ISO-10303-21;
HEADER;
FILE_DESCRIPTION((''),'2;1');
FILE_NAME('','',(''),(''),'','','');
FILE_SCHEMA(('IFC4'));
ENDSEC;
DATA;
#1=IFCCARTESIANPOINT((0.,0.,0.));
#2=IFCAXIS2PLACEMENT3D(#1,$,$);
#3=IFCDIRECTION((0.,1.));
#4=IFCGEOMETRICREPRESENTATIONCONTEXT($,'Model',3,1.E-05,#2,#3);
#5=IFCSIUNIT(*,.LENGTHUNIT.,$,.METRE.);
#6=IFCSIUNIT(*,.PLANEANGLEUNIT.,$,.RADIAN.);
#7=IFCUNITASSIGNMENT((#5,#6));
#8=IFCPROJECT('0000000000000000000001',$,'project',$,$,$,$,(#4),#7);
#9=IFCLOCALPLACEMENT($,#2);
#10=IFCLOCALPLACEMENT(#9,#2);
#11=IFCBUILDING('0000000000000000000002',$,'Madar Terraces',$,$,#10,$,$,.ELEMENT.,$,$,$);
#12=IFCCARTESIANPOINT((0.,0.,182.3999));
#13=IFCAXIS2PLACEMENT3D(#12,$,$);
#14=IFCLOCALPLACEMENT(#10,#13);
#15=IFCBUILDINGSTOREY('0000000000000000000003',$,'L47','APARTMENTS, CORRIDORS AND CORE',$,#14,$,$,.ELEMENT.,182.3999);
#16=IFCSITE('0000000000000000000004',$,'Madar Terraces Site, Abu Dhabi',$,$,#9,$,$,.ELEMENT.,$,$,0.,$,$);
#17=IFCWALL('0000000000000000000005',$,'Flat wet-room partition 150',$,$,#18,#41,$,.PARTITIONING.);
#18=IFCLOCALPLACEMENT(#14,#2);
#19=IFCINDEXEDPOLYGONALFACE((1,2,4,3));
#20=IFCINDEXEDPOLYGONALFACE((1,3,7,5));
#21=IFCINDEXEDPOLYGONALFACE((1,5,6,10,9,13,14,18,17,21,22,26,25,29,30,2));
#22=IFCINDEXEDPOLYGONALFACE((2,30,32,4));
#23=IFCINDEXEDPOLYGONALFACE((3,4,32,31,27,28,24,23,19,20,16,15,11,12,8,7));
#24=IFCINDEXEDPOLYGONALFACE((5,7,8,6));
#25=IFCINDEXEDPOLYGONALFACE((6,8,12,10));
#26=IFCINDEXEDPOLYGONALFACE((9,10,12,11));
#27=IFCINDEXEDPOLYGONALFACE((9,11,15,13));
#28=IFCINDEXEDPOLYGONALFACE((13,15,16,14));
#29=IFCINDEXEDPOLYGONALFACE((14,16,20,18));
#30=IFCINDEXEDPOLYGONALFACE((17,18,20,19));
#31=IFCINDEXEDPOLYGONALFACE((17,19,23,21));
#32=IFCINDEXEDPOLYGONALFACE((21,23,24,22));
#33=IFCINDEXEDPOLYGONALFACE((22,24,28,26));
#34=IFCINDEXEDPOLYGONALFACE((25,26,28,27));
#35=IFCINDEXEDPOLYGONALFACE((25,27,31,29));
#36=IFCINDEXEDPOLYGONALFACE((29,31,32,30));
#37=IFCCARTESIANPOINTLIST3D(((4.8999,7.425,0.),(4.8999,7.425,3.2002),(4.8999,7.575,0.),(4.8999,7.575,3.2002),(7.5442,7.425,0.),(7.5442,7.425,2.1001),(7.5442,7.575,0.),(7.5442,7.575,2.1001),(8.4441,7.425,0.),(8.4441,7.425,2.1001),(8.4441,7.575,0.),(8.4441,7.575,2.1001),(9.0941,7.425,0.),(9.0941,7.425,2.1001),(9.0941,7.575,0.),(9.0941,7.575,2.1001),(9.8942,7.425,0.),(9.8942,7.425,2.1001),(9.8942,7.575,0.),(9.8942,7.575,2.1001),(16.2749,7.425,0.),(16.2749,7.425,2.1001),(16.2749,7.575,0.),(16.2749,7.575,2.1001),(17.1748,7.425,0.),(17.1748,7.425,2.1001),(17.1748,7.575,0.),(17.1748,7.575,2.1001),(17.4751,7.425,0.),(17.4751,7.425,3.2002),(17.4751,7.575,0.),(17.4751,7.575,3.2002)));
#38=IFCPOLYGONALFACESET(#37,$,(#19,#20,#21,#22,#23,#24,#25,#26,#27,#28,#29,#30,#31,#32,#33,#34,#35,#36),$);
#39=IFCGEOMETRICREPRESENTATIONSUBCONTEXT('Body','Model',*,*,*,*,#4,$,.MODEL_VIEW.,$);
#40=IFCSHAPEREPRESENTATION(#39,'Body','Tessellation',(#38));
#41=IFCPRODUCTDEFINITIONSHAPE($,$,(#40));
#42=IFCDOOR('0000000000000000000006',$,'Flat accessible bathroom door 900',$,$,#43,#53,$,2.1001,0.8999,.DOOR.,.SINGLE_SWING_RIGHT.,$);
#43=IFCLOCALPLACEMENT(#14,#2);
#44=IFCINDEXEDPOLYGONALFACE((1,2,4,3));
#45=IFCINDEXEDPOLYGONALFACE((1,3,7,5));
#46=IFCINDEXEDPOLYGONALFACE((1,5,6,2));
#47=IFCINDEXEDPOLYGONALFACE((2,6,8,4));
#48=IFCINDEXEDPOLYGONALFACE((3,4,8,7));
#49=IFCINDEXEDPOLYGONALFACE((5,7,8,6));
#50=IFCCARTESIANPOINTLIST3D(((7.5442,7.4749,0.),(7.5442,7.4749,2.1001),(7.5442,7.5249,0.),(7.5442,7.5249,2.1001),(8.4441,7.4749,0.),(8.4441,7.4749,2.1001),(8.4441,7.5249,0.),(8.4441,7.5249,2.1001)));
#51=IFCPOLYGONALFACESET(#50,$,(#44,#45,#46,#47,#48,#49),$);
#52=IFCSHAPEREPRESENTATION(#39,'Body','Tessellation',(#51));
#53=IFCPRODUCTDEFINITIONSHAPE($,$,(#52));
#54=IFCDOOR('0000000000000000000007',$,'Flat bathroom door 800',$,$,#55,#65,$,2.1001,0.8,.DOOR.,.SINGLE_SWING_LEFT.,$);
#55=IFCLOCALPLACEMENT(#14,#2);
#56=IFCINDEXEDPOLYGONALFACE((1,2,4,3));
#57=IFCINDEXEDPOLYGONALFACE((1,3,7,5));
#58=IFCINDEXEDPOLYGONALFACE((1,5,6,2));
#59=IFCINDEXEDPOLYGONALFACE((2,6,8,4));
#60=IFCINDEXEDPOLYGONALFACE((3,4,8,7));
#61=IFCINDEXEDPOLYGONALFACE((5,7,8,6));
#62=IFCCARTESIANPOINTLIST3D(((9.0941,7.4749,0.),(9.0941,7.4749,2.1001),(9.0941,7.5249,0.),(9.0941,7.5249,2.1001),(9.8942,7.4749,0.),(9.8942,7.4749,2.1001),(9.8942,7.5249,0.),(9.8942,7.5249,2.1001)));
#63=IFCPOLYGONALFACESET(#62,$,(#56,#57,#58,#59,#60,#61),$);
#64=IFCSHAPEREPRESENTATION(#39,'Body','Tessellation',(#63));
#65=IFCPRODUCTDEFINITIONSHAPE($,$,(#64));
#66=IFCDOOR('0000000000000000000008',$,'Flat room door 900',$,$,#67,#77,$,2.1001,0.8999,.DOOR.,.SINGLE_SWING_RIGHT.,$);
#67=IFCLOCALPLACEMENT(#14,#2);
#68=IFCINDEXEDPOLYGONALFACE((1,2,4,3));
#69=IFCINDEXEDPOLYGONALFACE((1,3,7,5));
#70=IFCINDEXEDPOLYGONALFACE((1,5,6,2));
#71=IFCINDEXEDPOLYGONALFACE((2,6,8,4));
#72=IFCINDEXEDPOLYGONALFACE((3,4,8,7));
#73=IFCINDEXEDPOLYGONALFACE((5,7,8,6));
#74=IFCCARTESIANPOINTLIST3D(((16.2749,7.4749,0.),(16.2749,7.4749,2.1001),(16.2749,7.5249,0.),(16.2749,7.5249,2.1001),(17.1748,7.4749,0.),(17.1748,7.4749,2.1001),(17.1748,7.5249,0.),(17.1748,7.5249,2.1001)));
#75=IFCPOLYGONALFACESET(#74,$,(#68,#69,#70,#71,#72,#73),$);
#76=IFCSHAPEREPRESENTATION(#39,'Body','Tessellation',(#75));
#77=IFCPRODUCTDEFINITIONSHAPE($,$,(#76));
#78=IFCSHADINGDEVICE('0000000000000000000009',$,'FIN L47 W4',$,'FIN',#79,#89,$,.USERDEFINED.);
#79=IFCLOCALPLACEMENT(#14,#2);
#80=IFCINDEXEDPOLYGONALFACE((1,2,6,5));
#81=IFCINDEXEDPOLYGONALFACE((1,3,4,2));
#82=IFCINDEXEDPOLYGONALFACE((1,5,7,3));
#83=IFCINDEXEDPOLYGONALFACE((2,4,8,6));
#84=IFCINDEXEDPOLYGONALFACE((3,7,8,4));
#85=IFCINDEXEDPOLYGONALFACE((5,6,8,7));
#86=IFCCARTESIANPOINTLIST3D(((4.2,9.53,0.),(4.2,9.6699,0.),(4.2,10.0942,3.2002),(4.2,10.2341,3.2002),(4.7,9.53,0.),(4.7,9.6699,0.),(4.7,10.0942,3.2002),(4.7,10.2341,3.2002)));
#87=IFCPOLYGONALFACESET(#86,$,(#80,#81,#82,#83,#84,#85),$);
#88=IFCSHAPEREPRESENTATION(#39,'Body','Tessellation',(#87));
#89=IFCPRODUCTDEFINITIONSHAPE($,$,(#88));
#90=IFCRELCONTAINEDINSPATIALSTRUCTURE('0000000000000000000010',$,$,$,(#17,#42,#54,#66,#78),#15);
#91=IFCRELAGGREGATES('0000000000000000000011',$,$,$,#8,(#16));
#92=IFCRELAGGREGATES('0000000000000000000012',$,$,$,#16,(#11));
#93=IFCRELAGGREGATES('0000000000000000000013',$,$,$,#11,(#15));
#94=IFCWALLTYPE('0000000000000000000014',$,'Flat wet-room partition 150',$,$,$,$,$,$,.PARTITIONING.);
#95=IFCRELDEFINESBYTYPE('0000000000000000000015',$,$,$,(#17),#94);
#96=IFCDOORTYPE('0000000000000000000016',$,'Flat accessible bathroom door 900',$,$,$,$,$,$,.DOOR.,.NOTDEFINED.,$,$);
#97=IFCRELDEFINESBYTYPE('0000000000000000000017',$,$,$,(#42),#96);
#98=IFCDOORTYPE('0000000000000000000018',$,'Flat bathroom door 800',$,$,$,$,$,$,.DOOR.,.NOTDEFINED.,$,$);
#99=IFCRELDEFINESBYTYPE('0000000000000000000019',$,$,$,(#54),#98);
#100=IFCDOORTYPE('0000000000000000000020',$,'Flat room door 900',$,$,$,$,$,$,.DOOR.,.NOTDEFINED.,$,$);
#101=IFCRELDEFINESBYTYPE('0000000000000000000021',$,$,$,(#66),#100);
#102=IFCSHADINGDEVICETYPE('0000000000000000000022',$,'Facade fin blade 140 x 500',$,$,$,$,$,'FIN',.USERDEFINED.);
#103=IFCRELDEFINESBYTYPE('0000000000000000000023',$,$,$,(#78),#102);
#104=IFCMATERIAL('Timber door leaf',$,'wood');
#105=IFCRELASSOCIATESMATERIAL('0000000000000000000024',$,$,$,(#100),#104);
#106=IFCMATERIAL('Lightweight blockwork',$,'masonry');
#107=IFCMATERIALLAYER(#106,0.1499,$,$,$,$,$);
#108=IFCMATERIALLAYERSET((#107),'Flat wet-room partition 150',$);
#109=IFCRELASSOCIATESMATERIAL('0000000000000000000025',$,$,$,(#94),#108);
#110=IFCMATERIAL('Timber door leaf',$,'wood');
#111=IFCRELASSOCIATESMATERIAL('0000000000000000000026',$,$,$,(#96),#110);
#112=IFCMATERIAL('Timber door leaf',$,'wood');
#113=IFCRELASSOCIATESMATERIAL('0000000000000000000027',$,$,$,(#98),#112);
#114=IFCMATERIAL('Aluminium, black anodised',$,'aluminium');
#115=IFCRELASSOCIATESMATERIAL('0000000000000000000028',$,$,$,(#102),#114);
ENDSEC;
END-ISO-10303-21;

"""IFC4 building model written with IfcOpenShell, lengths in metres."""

from ifc_helpers import new_model, si_unit, direction, frame, frame_2d, origin, place, context, subcontext, project, spatial, polyline, rectangle, outline, extrude, material, layer, layer_set, type_object, element, fill, save


model = new_model("IFC4")

# Units and contexts
model_context = context("Model", 3, precision=1e-05, world=origin(), true_north=direction((0.0, 1.0)))
body_context = subcontext(model_context, "Body", "Model", "MODEL_VIEW")
ifc_project = project(units=[si_unit("LENGTHUNIT", "METRE"), si_unit("PLANEANGLEUNIT", "RADIAN")], contexts=[model_context])

# Site, building, storey
site_placement = place(None, origin())
site = spatial("IfcSite", under=ifc_project, at=site_placement, Name="Madar Terraces Site, Abu Dhabi", CompositionType="ELEMENT", RefElevation=0.0)
building_placement = place(site_placement, origin())
building = spatial("IfcBuilding", under=site, at=building_placement, Name="Madar Terraces", CompositionType="ELEMENT")
storey_placement = place(building_placement, frame((0.0, 0.0, 182.3999)))
storey = spatial("IfcBuildingStorey", under=building, at=storey_placement, Name="L47", Description="APARTMENTS, CORRIDORS AND CORE", CompositionType="ELEMENT", Elevation=182.3999)

# Shared definitions
ifc_material_1 = material(Name="Timber door leaf", Category="wood")
door_type_1 = type_object("IfcDoorType", Name="Flat room door 900", OperationType="NOTDEFINED", PredefinedType="DOOR", material=ifc_material_1)

# Shared definitions
ifc_material_2 = material(Name="Lightweight blockwork", Category="masonry")
ifc_layer_1 = layer(ifc_material_2, 0.1499)
ifc_layer_set_1 = layer_set([ifc_layer_1], Name="Flat wet-room partition 150")
wall_type_1 = type_object("IfcWallType", Name="Flat wet-room partition 150", PredefinedType="PARTITIONING", material=ifc_layer_set_1)

# Wall, openings, doors
wall_1_placement = place(storey_placement, frame((4.8999, 7.5, 0.0), z_axis=(0.0, 0.0, 1.0), x_axis=(1.0, 0.0, 0.0)))
wall_1 = element("IfcWall", 1, at=wall_1_placement, inside=storey, type_object=wall_type_1, Name="Flat wet-room partition 150", PredefinedType="PARTITIONING", context=body_context, shape_type="SweptSolid", body=[
    extrude(rectangle(XDim=12.5752, YDim=0.1499, at=frame_2d((6.2876, 0.0))), origin(), (0.0, 0.0, 1.0), 3.2002),
])
opening_1_placement = place(wall_1_placement, frame((11.375, 0.0, 0.0)))
opening_1 = element("IfcOpeningElement", 2, at=opening_1_placement, cuts=wall_1, PredefinedType="OPENING", context=body_context, shape_type="SweptSolid", body=[
    extrude(rectangle(XDim=0.8999, YDim=2.1001, at=frame_2d((0.45, 1.05))), frame((0.0, 0.085, 0.0), z_axis=(0.0, -1.0, 0.0), x_axis=(1.0, 0.0, 0.0)), (0.0, 0.0, 1.0), 0.1699),
])
opening_2_placement = place(wall_1_placement, frame((4.1943, 0.0, 0.0)))
opening_2 = element("IfcOpeningElement", 3, at=opening_2_placement, cuts=wall_1, PredefinedType="OPENING", context=body_context, shape_type="SweptSolid", body=[
    extrude(rectangle(XDim=0.8, YDim=2.1001, at=frame_2d((0.3999, 1.05))), frame((0.0, 0.085, 0.0), z_axis=(0.0, -1.0, 0.0), x_axis=(1.0, 0.0, 0.0)), (0.0, 0.0, 1.0), 0.1699),
])
opening_3_placement = place(wall_1_placement, frame((2.6443, 0.0, 0.0)))
opening_3 = element("IfcOpeningElement", 4, at=opening_3_placement, cuts=wall_1, PredefinedType="OPENING", context=body_context, shape_type="SweptSolid", body=[
    extrude(rectangle(XDim=0.8999, YDim=2.1001, at=frame_2d((0.45, 1.05))), frame((0.0, 0.085, 0.0), z_axis=(0.0, -1.0, 0.0), x_axis=(1.0, 0.0, 0.0)), (0.0, 0.0, 1.0), 0.1699),
])
ifc_material_3 = material(Name="Timber door leaf", Category="wood")
door_type_2 = type_object("IfcDoorType", Name="Flat accessible bathroom door 900", OperationType="NOTDEFINED", PredefinedType="DOOR", material=ifc_material_3)
door_1_placement = place(opening_3_placement, origin())
door_1 = element("IfcDoor", 5, at=door_1_placement, inside=storey, type_object=door_type_2, Name="Flat accessible bathroom door 900", OperationType="SINGLE_SWING_RIGHT", OverallHeight=2.1001, OverallWidth=0.8999, PredefinedType="DOOR", context=body_context, shape_type="SweptSolid", body=[
    extrude(rectangle(XDim=0.8999, YDim=2.1001, at=frame_2d((0.45, 1.05))), frame((0.0, 0.0249, 0.0), z_axis=(0.0, -1.0, 0.0), x_axis=(1.0, 0.0, 0.0)), (0.0, 0.0, 1.0), 0.05),
])
fill(opening_3, door_1)
ifc_material_4 = material(Name="Timber door leaf", Category="wood")
door_type_3 = type_object("IfcDoorType", Name="Flat bathroom door 800", OperationType="NOTDEFINED", PredefinedType="DOOR", material=ifc_material_4)
door_2_placement = place(opening_2_placement, origin())
door_2 = element("IfcDoor", 6, at=door_2_placement, inside=storey, type_object=door_type_3, Name="Flat bathroom door 800", OperationType="SINGLE_SWING_LEFT", OverallHeight=2.1001, OverallWidth=0.8, PredefinedType="DOOR", context=body_context, shape_type="SweptSolid", body=[
    extrude(rectangle(XDim=0.8, YDim=2.1001, at=frame_2d((0.3999, 1.05))), frame((0.0, 0.0249, 0.0), z_axis=(0.0, -1.0, 0.0), x_axis=(1.0, 0.0, 0.0)), (0.0, 0.0, 1.0), 0.05),
])
fill(opening_2, door_2)
door_3_placement = place(opening_1_placement, origin())
door_3 = element("IfcDoor", 7, at=door_3_placement, inside=storey, type_object=door_type_1, Name="Flat room door 900", OperationType="SINGLE_SWING_RIGHT", OverallHeight=2.1001, OverallWidth=0.8999, PredefinedType="DOOR", context=body_context, shape_type="SweptSolid", body=[
    extrude(rectangle(XDim=0.8999, YDim=2.1001, at=frame_2d((0.45, 1.05))), frame((0.0, 0.0249, 0.0), z_axis=(0.0, -1.0, 0.0), x_axis=(1.0, 0.0, 0.0)), (0.0, 0.0, 1.0), 0.05),
])
fill(opening_1, door_3)

# Shading device
ifc_material_5 = material(Name="Aluminium, black anodised", Category="aluminium")
shading_device_type = type_object("IfcShadingDeviceType", Name="Facade fin blade 140 x 500", ElementType="FIN", PredefinedType="USERDEFINED", material=ifc_material_5)
shading_device_placement = place(storey_placement, frame((4.45, 9.6699, 0.0), z_axis=(0.0, 0.0, 1.0), x_axis=(0.0, -1.0, 0.0)))
element("IfcShadingDevice", 8, at=shading_device_placement, inside=storey, type_object=shading_device_type, Name="FIN L47 W4", ObjectType="FIN", PredefinedType="USERDEFINED", context=body_context, shape_type="SweptSolid", body=[
    extrude(outline(polyline([(0.0, 0.0), (0.1399, 0.0), (-0.4243, 3.2002), (-0.5642, 3.2002), (0.0, 0.0)])), frame((0.0, 0.25, 0.0), z_axis=(0.0, -1.0, 0.0), x_axis=(1.0, 0.0, 0.0)), (0.0, 0.0, 1.0), 0.5),
])

save(model, "model.ifc")
